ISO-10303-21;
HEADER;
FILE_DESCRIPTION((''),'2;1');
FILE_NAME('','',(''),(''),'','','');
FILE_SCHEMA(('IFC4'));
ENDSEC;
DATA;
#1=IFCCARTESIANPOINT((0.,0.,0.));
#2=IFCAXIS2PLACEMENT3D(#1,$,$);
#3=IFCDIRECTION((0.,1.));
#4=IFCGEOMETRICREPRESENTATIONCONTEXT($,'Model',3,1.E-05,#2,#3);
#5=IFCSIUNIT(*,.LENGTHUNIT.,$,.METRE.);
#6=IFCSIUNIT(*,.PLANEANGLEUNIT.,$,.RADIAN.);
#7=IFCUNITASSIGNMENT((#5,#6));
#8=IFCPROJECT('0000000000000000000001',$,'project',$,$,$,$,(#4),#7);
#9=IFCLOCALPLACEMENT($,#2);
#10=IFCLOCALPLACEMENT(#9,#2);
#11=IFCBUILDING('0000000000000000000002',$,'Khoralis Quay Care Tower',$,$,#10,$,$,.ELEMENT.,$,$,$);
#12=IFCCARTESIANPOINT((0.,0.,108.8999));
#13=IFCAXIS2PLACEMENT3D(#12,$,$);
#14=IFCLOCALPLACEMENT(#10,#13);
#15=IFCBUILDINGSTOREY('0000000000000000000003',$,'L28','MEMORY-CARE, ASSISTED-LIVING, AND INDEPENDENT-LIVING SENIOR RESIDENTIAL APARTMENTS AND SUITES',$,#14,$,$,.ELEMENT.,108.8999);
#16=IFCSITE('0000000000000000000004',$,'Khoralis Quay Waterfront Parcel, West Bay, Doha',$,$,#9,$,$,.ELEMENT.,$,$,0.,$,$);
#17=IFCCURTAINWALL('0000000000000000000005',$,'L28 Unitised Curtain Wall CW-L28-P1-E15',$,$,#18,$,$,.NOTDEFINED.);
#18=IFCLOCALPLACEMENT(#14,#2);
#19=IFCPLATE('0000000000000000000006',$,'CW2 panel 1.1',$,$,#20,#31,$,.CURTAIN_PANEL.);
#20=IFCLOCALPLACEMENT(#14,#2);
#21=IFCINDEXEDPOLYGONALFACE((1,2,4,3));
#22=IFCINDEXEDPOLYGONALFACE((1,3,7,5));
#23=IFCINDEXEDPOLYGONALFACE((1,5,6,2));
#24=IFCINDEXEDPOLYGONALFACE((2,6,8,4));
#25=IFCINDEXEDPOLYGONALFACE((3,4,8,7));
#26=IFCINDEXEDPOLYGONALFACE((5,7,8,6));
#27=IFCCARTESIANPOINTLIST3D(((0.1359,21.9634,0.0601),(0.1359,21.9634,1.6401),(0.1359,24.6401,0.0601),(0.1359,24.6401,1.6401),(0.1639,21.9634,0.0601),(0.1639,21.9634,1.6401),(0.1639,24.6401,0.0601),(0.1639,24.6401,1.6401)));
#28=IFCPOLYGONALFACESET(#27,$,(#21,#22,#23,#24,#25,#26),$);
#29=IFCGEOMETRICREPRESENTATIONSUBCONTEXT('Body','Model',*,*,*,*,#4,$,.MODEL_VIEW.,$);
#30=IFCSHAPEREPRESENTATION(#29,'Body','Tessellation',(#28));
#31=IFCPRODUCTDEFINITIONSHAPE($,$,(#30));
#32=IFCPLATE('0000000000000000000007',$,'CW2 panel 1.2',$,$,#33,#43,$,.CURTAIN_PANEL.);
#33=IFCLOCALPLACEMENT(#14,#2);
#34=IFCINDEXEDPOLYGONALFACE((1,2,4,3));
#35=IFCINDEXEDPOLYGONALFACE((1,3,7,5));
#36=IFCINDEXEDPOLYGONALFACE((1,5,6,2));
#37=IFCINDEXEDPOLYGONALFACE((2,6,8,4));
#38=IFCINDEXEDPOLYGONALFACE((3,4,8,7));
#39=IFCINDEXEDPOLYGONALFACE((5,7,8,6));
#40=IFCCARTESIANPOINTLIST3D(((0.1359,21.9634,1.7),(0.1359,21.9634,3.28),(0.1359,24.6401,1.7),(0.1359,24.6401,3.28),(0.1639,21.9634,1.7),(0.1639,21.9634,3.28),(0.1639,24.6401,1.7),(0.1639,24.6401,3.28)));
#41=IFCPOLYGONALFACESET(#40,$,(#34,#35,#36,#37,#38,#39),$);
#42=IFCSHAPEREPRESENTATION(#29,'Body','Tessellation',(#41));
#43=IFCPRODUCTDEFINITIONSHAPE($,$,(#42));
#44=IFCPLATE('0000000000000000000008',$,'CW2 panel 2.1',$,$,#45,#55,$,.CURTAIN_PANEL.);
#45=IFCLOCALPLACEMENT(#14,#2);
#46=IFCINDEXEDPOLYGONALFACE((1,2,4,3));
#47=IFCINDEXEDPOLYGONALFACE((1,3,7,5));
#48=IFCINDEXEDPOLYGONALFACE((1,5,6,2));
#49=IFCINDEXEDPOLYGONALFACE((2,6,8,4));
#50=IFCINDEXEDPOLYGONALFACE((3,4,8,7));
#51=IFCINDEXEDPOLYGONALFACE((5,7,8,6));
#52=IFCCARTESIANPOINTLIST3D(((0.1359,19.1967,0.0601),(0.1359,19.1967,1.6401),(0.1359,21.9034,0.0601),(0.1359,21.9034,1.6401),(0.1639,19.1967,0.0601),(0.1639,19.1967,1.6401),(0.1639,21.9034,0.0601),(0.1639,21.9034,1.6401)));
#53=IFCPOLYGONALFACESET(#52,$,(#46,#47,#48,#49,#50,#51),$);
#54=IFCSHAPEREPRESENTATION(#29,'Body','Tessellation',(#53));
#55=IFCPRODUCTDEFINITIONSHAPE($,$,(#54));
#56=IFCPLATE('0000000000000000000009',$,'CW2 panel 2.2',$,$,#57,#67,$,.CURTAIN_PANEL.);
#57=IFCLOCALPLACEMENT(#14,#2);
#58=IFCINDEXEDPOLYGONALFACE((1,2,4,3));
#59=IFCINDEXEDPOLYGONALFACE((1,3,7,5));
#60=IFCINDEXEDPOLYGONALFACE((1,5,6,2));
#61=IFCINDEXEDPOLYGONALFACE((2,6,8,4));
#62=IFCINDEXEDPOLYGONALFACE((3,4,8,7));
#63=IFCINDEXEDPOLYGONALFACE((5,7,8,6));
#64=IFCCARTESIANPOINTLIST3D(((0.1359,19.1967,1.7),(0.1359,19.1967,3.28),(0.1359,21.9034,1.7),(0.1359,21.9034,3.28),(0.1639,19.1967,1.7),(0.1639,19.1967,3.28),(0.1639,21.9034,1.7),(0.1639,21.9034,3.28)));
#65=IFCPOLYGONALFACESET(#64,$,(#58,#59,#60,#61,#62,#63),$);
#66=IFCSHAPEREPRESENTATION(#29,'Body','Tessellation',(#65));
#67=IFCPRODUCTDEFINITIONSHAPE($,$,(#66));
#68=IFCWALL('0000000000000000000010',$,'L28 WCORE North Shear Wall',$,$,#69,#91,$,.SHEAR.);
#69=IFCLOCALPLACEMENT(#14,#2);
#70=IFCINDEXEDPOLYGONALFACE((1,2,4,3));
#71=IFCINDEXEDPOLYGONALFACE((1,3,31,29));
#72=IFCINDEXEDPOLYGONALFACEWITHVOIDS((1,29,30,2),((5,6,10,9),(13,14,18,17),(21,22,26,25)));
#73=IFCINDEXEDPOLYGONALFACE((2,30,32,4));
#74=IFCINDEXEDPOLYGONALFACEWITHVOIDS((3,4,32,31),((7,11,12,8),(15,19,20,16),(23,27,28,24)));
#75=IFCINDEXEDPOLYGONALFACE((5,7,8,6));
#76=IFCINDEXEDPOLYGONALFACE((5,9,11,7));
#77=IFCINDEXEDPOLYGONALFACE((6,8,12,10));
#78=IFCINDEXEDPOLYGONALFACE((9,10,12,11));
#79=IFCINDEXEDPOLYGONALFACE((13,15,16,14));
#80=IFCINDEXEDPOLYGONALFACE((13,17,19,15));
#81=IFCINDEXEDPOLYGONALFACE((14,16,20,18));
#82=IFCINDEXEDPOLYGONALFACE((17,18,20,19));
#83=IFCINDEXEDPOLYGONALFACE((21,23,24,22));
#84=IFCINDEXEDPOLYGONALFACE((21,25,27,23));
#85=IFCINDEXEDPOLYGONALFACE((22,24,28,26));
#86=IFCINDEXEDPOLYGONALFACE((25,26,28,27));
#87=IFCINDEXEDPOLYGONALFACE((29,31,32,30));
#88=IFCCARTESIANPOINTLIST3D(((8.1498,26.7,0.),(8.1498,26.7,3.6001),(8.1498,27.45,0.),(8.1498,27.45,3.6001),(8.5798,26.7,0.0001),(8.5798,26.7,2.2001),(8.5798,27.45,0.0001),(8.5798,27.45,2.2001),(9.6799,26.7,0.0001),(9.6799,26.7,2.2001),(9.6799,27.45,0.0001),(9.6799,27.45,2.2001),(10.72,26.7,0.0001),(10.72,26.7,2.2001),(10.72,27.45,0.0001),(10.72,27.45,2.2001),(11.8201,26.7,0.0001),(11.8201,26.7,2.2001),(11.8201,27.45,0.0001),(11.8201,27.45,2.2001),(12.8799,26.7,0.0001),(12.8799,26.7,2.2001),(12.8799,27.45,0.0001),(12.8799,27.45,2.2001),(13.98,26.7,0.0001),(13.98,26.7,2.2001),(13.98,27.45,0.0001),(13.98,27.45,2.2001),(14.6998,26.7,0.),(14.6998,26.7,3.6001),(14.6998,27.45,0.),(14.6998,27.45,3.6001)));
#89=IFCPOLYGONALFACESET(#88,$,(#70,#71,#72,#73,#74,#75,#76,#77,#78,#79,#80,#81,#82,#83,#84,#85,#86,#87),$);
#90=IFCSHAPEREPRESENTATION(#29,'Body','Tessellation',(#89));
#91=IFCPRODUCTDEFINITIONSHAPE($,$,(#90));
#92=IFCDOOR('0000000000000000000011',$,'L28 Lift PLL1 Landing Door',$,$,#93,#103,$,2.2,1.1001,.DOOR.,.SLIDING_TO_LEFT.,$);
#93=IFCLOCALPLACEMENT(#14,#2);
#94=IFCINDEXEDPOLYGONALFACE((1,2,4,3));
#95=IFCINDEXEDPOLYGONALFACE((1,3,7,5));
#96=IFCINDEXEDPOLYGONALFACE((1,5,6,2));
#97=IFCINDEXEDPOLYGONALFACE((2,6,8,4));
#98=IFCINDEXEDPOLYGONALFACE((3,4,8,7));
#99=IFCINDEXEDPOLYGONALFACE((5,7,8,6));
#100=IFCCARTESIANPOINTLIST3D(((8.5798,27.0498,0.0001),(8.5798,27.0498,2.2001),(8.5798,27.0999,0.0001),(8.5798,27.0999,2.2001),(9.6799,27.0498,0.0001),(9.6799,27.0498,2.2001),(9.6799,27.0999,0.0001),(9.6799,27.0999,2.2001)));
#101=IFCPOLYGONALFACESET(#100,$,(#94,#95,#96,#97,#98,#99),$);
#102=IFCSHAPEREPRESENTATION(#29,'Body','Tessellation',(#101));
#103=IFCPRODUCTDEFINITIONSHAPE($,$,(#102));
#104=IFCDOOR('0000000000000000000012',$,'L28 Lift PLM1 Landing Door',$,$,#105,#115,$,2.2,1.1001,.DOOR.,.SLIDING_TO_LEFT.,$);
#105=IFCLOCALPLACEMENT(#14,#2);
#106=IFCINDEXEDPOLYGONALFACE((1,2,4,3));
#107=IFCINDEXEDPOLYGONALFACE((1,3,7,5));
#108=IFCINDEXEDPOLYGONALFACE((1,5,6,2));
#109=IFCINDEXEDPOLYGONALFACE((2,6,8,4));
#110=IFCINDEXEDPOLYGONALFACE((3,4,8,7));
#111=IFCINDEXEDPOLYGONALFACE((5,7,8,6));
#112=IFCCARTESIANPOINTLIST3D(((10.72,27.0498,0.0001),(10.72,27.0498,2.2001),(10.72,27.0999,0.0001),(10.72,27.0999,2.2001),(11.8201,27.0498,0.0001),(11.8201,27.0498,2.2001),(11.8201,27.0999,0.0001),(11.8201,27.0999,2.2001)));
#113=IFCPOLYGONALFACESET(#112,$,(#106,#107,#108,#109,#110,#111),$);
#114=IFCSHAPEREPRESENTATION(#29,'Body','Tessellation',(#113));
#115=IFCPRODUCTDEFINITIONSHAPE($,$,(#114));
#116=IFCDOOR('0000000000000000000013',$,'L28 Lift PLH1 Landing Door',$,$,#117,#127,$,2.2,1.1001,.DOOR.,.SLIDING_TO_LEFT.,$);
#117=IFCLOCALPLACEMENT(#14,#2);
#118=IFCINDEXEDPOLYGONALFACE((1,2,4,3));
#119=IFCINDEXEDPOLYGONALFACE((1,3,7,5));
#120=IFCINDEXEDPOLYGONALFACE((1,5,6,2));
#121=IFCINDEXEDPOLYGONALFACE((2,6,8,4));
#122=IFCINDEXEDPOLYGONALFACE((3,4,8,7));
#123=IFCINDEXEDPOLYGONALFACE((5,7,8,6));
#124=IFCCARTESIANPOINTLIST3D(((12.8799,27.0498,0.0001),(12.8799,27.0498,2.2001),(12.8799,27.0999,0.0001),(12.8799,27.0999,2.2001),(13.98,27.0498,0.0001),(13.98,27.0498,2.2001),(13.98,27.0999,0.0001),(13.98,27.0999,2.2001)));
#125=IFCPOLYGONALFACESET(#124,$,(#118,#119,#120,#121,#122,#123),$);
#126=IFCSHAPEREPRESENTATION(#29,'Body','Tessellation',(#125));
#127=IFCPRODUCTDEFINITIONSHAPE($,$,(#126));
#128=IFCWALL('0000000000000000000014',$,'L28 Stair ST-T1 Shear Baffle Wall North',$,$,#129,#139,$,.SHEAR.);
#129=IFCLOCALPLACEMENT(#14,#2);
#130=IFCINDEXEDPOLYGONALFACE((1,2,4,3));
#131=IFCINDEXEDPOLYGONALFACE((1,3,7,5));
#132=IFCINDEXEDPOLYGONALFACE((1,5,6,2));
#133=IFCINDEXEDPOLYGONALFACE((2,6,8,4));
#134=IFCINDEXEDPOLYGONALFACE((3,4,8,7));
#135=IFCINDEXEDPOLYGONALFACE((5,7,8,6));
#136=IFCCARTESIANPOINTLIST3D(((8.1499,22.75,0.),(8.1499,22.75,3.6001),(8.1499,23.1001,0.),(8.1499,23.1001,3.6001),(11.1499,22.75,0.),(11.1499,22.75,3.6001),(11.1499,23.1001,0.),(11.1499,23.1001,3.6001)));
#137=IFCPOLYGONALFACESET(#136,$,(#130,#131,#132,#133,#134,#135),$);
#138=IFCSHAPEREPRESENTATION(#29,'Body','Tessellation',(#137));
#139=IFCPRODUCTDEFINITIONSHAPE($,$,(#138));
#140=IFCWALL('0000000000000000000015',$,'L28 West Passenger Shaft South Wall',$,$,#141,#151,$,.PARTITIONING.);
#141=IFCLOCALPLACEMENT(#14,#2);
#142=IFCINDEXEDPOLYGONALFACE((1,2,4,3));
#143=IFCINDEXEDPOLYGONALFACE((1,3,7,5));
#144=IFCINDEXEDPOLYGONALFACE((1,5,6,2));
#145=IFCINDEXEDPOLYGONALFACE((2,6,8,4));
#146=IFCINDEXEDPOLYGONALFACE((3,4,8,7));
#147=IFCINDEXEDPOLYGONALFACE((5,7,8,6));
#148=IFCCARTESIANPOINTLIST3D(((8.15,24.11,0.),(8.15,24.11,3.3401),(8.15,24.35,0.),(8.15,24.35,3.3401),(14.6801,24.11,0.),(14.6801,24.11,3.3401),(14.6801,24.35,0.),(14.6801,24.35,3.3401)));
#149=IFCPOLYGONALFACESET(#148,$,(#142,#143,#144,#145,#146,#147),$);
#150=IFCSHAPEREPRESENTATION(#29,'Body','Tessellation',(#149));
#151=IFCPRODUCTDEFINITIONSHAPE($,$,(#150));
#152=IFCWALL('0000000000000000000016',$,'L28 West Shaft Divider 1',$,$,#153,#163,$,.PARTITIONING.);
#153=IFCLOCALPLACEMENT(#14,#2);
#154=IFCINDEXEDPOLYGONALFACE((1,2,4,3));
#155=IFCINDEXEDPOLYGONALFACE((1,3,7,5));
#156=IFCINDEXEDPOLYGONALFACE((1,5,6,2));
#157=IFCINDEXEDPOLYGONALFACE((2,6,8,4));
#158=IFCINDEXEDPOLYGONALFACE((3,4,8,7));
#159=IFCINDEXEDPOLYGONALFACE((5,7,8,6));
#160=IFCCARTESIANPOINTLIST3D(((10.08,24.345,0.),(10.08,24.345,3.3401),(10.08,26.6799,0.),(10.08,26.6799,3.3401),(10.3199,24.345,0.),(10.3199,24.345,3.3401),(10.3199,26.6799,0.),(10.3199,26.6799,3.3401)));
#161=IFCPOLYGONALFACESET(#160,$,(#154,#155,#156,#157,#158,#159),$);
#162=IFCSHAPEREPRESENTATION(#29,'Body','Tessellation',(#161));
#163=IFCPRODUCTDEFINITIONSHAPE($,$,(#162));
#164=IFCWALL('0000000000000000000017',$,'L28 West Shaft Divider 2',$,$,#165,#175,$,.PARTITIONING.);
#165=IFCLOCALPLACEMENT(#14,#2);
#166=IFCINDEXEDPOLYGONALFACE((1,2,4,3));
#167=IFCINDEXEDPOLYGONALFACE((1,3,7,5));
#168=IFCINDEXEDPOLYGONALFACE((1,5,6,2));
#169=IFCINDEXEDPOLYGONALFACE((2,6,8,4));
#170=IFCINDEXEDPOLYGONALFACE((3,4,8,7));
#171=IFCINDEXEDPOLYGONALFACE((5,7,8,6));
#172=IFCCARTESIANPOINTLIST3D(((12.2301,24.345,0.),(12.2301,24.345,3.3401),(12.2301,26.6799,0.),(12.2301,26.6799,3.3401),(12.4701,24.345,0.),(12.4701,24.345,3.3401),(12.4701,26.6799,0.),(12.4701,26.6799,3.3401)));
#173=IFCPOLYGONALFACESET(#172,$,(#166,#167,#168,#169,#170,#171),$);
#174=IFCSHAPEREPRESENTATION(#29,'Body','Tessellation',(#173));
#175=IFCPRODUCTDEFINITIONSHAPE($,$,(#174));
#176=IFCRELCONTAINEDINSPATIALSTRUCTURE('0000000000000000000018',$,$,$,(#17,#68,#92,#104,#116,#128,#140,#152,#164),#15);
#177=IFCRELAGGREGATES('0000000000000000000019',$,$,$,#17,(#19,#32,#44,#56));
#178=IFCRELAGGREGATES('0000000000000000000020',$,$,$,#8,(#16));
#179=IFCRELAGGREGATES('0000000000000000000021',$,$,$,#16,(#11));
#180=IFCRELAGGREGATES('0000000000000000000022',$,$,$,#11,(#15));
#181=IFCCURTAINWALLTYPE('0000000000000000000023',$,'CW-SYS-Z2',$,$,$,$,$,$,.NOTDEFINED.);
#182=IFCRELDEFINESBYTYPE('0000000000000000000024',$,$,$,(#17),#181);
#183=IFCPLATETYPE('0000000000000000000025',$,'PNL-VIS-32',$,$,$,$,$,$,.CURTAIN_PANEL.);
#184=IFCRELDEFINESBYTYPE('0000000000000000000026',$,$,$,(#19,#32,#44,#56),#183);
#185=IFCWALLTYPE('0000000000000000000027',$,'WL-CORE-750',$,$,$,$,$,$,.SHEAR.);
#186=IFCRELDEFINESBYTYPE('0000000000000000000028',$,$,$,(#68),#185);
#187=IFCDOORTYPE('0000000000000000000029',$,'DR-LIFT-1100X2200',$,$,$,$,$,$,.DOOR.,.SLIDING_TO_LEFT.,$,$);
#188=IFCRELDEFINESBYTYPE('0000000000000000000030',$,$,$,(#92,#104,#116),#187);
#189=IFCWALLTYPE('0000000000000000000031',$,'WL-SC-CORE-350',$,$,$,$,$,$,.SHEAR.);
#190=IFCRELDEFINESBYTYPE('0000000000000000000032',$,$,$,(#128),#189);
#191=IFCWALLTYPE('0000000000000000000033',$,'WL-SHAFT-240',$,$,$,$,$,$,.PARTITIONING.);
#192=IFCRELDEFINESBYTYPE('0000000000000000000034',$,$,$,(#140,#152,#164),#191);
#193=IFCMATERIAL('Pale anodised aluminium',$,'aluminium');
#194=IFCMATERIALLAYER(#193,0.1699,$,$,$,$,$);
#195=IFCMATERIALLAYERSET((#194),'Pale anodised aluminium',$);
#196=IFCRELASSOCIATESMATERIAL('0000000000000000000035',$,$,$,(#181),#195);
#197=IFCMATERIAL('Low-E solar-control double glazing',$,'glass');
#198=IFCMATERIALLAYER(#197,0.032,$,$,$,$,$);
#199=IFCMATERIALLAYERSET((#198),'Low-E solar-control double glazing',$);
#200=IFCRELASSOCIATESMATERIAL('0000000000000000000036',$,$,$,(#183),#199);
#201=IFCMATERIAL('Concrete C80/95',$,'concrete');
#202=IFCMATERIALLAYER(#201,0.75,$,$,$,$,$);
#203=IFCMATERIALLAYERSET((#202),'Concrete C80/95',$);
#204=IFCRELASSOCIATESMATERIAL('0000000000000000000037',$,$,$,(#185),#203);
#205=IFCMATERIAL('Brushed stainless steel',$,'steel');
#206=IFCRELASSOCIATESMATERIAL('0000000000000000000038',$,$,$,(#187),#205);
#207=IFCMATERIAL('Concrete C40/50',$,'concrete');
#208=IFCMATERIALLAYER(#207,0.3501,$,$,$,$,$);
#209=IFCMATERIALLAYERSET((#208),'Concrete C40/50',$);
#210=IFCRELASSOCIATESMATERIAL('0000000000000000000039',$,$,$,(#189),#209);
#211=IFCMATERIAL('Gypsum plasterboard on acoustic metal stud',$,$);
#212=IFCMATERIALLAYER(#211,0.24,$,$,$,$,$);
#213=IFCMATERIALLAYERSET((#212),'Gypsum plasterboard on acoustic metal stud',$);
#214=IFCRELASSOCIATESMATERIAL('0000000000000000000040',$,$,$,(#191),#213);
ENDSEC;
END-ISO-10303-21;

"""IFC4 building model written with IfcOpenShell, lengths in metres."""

from ifc_helpers import new_model, si_unit, direction, frame, frame_2d, origin, origin_2d, place, context, subcontext, project, spatial, rectangle, extrude, source, transform, mapped, material, layer, layer_set, type_object, element, fill, aggregate, save


model = new_model("IFC4")

# Units and contexts
model_context = context("Model", 3, precision=1e-05, world=origin(), true_north=direction((0.0, 1.0)))
body_context = subcontext(model_context, "Body", "Model", "MODEL_VIEW")
ifc_project = project(units=[si_unit("LENGTHUNIT", "METRE"), si_unit("PLANEANGLEUNIT", "RADIAN")], contexts=[model_context])

# Site, building, storey
site_placement = place(None, origin())
site = spatial("IfcSite", under=ifc_project, at=site_placement, Name="Khoralis Quay Waterfront Parcel, West Bay, Doha", CompositionType="ELEMENT", RefElevation=0.0)
building_placement = place(site_placement, origin())
building = spatial("IfcBuilding", under=site, at=building_placement, Name="Khoralis Quay Care Tower", CompositionType="ELEMENT")
storey_placement = place(building_placement, frame((0.0, 0.0, 108.8999)))
storey = spatial("IfcBuildingStorey", under=building, at=storey_placement, Name="L28", Description="MEMORY-CARE, ASSISTED-LIVING, AND INDEPENDENT-LIVING SENIOR RESIDENTIAL APARTMENTS AND SUITES", CompositionType="ELEMENT", Elevation=108.8999)

# Curtain wall, plates
ifc_material_1 = material(Name="Pale anodised aluminium", Category="aluminium")
ifc_layer_1 = layer(ifc_material_1, 0.1699)
ifc_layer_set_1 = layer_set([ifc_layer_1], Name="Pale anodised aluminium")
curtain_wall_type = type_object("IfcCurtainWallType", Name="CW-SYS-Z2", PredefinedType="NOTDEFINED", material=ifc_layer_set_1)
curtain_wall_placement = place(storey_placement, origin())
curtain_wall = element("IfcCurtainWall", 1, at=curtain_wall_placement, inside=storey, type_object=curtain_wall_type, Name="L28 Unitised Curtain Wall CW-L28-P1-E15", PredefinedType="NOTDEFINED")
ifc_material_2 = material(Name="Low-E solar-control double glazing", Category="glass")
ifc_layer_2 = layer(ifc_material_2, 0.032)
ifc_layer_set_2 = layer_set([ifc_layer_2], Name="Low-E solar-control double glazing")
plate_type = type_object("IfcPlateType", Name="PNL-VIS-32", PredefinedType="CURTAIN_PANEL", material=ifc_layer_set_2)
shared_shape_1 = source(origin(), body_context, "Body", "SweptSolid", [
    extrude(rectangle(XDim=2.6768, YDim=0.0281, at=origin_2d()), origin(), (0.0, 0.0, 1.0), 1.5801),
])
plate_1_placement = place(storey_placement, frame((0.1499, 23.3018, 0.0601), z_axis=(0.0, 0.0, 1.0), x_axis=(0.0, -1.0, 0.0)))
plate_1 = element("IfcPlate", 2, at=plate_1_placement, type_object=plate_type, Name="CW2 panel 1.1", PredefinedType="CURTAIN_PANEL", context=body_context, shape_type="MappedRepresentation", body=[
    mapped(shared_shape_1, transform((0.0, 0.0, 0.0), scale=1.0)),
])
plate_2_placement = place(storey_placement, frame((0.1499, 23.3018, 1.7), z_axis=(0.0, 0.0, 1.0), x_axis=(0.0, -1.0, 0.0)))
plate_2 = element("IfcPlate", 3, at=plate_2_placement, type_object=plate_type, Name="CW2 panel 1.2", PredefinedType="CURTAIN_PANEL", context=body_context, shape_type="MappedRepresentation", body=[
    mapped(shared_shape_1, transform((0.0, 0.0, 0.0), scale=1.0)),
])
shared_shape_2 = source(origin(), body_context, "Body", "SweptSolid", [
    extrude(rectangle(XDim=2.7068, YDim=0.0281, at=origin_2d()), origin(), (0.0, 0.0, 1.0), 1.5801),
])
plate_3_placement = place(storey_placement, frame((0.1499, 20.55, 0.0601), z_axis=(0.0, 0.0, 1.0), x_axis=(0.0, -1.0, 0.0)))
plate_3 = element("IfcPlate", 4, at=plate_3_placement, type_object=plate_type, Name="CW2 panel 2.1", PredefinedType="CURTAIN_PANEL", context=body_context, shape_type="MappedRepresentation", body=[
    mapped(shared_shape_2, transform((0.0, 0.0, 0.0), scale=1.0)),
])
plate_4_placement = place(storey_placement, frame((0.1499, 20.55, 1.7), z_axis=(0.0, 0.0, 1.0), x_axis=(0.0, -1.0, 0.0)))
plate_4 = element("IfcPlate", 5, at=plate_4_placement, type_object=plate_type, Name="CW2 panel 2.2", PredefinedType="CURTAIN_PANEL", context=body_context, shape_type="MappedRepresentation", body=[
    mapped(shared_shape_2, transform((0.0, 0.0, 0.0), scale=1.0)),
])
aggregate(curtain_wall, [plate_1, plate_2, plate_3, plate_4])

# Wall, openings, doors
ifc_material_3 = material(Name="Concrete C80/95", Category="concrete")
ifc_layer_3 = layer(ifc_material_3, 0.75)
ifc_layer_set_3 = layer_set([ifc_layer_3], Name="Concrete C80/95")
wall_type_1 = type_object("IfcWallType", Name="WL-CORE-750", PredefinedType="SHEAR", material=ifc_layer_set_3)
wall_1_placement = place(storey_placement, frame((8.1499, 27.075, 0.0), z_axis=(0.0, 0.0, 1.0), x_axis=(1.0, 0.0, 0.0)))
wall_1 = element("IfcWall", 6, at=wall_1_placement, inside=storey, type_object=wall_type_1, Name="L28 WCORE North Shear Wall", PredefinedType="SHEAR", context=body_context, shape_type="SweptSolid", body=[
    extrude(rectangle(XDim=6.55, YDim=0.75, at=frame_2d((3.2749, 0.0))), origin(), (0.0, 0.0, 1.0), 3.6001),
])
opening_1_placement = place(wall_1_placement, frame((0.4299, 0.0, 0.0)))
opening_1 = element("IfcOpeningElement", 7, at=opening_1_placement, cuts=wall_1, PredefinedType="OPENING", context=body_context, shape_type="SweptSolid", body=[
    extrude(rectangle(XDim=1.1001, YDim=2.2, at=frame_2d((0.55, 1.1001))), frame((0.0, 0.385, 0.0), z_axis=(0.0, -1.0, 0.0), x_axis=(1.0, 0.0, 0.0)), (0.0, 0.0, 1.0), 0.77),
])
opening_2_placement = place(wall_1_placement, frame((2.5701, 0.0, 0.0)))
opening_2 = element("IfcOpeningElement", 8, at=opening_2_placement, cuts=wall_1, PredefinedType="OPENING", context=body_context, shape_type="SweptSolid", body=[
    extrude(rectangle(XDim=1.1001, YDim=2.2, at=frame_2d((0.55, 1.1001))), frame((0.0, 0.385, 0.0), z_axis=(0.0, -1.0, 0.0), x_axis=(1.0, 0.0, 0.0)), (0.0, 0.0, 1.0), 0.77),
])
opening_3_placement = place(wall_1_placement, frame((4.73, 0.0, 0.0)))
opening_3 = element("IfcOpeningElement", 9, at=opening_3_placement, cuts=wall_1, PredefinedType="OPENING", context=body_context, shape_type="SweptSolid", body=[
    extrude(rectangle(XDim=1.1001, YDim=2.2, at=frame_2d((0.55, 1.1001))), frame((0.0, 0.385, 0.0), z_axis=(0.0, -1.0, 0.0), x_axis=(1.0, 0.0, 0.0)), (0.0, 0.0, 1.0), 0.77),
])
ifc_material_4 = material(Name="Brushed stainless steel", Category="steel")
door_type = type_object("IfcDoorType", Name="DR-LIFT-1100X2200", OperationType="SLIDING_TO_LEFT", PredefinedType="DOOR", material=ifc_material_4)
shared_shape_3 = source(origin(), body_context, "Body", "SweptSolid", [
    extrude(rectangle(XDim=1.1001, YDim=2.2, at=frame_2d((0.55, 1.1001))), frame((0.0, 0.0249, 0.0), z_axis=(0.0, -1.0, 0.0), x_axis=(1.0, 0.0, 0.0)), (0.0, 0.0, 1.0), 0.05),
])
door_1_placement = place(opening_1_placement, origin())
door_1 = element("IfcDoor", 10, at=door_1_placement, inside=storey, type_object=door_type, Name="L28 Lift PLL1 Landing Door", OperationType="SLIDING_TO_LEFT", OverallHeight=2.2, OverallWidth=1.1001, PredefinedType="DOOR", context=body_context, shape_type="MappedRepresentation", body=[
    mapped(shared_shape_3, transform((0.0, 0.0, 0.0), scale=1.0)),
])
fill(opening_1, door_1)
door_2_placement = place(opening_2_placement, origin())
door_2 = element("IfcDoor", 11, at=door_2_placement, inside=storey, type_object=door_type, Name="L28 Lift PLM1 Landing Door", OperationType="SLIDING_TO_LEFT", OverallHeight=2.2, OverallWidth=1.1001, PredefinedType="DOOR", context=body_context, shape_type="MappedRepresentation", body=[
    mapped(shared_shape_3, transform((0.0, 0.0, 0.0), scale=1.0)),
])
fill(opening_2, door_2)
door_3_placement = place(opening_3_placement, origin())
door_3 = element("IfcDoor", 12, at=door_3_placement, inside=storey, type_object=door_type, Name="L28 Lift PLH1 Landing Door", OperationType="SLIDING_TO_LEFT", OverallHeight=2.2, OverallWidth=1.1001, PredefinedType="DOOR", context=body_context, shape_type="MappedRepresentation", body=[
    mapped(shared_shape_3, transform((0.0, 0.0, 0.0), scale=1.0)),
])
fill(opening_3, door_3)

# Walls
ifc_material_5 = material(Name="Concrete C40/50", Category="concrete")
ifc_layer_4 = layer(ifc_material_5, 0.3501)
ifc_layer_set_4 = layer_set([ifc_layer_4], Name="Concrete C40/50")
wall_type_2 = type_object("IfcWallType", Name="WL-SC-CORE-350", PredefinedType="SHEAR", material=ifc_layer_set_4)
wall_2_placement = place(storey_placement, frame((8.1499, 22.925, 0.0), z_axis=(0.0, 0.0, 1.0), x_axis=(1.0, 0.0, 0.0)))
element("IfcWall", 13, at=wall_2_placement, inside=storey, type_object=wall_type_2, Name="L28 Stair ST-T1 Shear Baffle Wall North", PredefinedType="SHEAR", context=body_context, shape_type="SweptSolid", body=[
    extrude(rectangle(XDim=3.0, YDim=0.3501, at=frame_2d((1.5, 0.0))), origin(), (0.0, 0.0, 1.0), 3.6001),
])
ifc_material_6 = material(Name="Gypsum plasterboard on acoustic metal stud")
ifc_layer_5 = layer(ifc_material_6, 0.24)
ifc_layer_set_5 = layer_set([ifc_layer_5], Name="Gypsum plasterboard on acoustic metal stud")
wall_type_3 = type_object("IfcWallType", Name="WL-SHAFT-240", PredefinedType="PARTITIONING", material=ifc_layer_set_5)
wall_3_placement = place(storey_placement, frame((8.1499, 24.23, 0.0), z_axis=(0.0, 0.0, 1.0), x_axis=(1.0, 0.0, 0.0)))
element("IfcWall", 14, at=wall_3_placement, inside=storey, type_object=wall_type_3, Name="L28 West Passenger Shaft South Wall", PredefinedType="PARTITIONING", context=body_context, shape_type="SweptSolid", body=[
    extrude(rectangle(XDim=6.53, YDim=0.24, at=frame_2d((3.2651, 0.0))), origin(), (0.0, 0.0, 1.0), 3.3401),
])
for number, where, z_axis, x_axis, name in (
    (15, (10.2, 24.345, 0.0), (0.0, 0.0, 1.0), (0.0, 1.0, 0.0), "L28 West Shaft Divider 1"),
    (16, (12.3501, 24.345, 0.0), (0.0, 0.0, 1.0), (0.0, 1.0, 0.0), "L28 West Shaft Divider 2"),
):
    element("IfcWall", number, at=place(storey_placement, frame(where, z_axis=z_axis, x_axis=x_axis)), inside=storey, type_object=wall_type_3, Name=name, PredefinedType="PARTITIONING", context=body_context, shape_type="SweptSolid", body=[
        extrude(rectangle(XDim=2.335, YDim=0.24, at=frame_2d((1.1675, 0.0))), origin(), (0.0, 0.0, 1.0), 3.3401),
    ])

save(model, "model.ifc")
